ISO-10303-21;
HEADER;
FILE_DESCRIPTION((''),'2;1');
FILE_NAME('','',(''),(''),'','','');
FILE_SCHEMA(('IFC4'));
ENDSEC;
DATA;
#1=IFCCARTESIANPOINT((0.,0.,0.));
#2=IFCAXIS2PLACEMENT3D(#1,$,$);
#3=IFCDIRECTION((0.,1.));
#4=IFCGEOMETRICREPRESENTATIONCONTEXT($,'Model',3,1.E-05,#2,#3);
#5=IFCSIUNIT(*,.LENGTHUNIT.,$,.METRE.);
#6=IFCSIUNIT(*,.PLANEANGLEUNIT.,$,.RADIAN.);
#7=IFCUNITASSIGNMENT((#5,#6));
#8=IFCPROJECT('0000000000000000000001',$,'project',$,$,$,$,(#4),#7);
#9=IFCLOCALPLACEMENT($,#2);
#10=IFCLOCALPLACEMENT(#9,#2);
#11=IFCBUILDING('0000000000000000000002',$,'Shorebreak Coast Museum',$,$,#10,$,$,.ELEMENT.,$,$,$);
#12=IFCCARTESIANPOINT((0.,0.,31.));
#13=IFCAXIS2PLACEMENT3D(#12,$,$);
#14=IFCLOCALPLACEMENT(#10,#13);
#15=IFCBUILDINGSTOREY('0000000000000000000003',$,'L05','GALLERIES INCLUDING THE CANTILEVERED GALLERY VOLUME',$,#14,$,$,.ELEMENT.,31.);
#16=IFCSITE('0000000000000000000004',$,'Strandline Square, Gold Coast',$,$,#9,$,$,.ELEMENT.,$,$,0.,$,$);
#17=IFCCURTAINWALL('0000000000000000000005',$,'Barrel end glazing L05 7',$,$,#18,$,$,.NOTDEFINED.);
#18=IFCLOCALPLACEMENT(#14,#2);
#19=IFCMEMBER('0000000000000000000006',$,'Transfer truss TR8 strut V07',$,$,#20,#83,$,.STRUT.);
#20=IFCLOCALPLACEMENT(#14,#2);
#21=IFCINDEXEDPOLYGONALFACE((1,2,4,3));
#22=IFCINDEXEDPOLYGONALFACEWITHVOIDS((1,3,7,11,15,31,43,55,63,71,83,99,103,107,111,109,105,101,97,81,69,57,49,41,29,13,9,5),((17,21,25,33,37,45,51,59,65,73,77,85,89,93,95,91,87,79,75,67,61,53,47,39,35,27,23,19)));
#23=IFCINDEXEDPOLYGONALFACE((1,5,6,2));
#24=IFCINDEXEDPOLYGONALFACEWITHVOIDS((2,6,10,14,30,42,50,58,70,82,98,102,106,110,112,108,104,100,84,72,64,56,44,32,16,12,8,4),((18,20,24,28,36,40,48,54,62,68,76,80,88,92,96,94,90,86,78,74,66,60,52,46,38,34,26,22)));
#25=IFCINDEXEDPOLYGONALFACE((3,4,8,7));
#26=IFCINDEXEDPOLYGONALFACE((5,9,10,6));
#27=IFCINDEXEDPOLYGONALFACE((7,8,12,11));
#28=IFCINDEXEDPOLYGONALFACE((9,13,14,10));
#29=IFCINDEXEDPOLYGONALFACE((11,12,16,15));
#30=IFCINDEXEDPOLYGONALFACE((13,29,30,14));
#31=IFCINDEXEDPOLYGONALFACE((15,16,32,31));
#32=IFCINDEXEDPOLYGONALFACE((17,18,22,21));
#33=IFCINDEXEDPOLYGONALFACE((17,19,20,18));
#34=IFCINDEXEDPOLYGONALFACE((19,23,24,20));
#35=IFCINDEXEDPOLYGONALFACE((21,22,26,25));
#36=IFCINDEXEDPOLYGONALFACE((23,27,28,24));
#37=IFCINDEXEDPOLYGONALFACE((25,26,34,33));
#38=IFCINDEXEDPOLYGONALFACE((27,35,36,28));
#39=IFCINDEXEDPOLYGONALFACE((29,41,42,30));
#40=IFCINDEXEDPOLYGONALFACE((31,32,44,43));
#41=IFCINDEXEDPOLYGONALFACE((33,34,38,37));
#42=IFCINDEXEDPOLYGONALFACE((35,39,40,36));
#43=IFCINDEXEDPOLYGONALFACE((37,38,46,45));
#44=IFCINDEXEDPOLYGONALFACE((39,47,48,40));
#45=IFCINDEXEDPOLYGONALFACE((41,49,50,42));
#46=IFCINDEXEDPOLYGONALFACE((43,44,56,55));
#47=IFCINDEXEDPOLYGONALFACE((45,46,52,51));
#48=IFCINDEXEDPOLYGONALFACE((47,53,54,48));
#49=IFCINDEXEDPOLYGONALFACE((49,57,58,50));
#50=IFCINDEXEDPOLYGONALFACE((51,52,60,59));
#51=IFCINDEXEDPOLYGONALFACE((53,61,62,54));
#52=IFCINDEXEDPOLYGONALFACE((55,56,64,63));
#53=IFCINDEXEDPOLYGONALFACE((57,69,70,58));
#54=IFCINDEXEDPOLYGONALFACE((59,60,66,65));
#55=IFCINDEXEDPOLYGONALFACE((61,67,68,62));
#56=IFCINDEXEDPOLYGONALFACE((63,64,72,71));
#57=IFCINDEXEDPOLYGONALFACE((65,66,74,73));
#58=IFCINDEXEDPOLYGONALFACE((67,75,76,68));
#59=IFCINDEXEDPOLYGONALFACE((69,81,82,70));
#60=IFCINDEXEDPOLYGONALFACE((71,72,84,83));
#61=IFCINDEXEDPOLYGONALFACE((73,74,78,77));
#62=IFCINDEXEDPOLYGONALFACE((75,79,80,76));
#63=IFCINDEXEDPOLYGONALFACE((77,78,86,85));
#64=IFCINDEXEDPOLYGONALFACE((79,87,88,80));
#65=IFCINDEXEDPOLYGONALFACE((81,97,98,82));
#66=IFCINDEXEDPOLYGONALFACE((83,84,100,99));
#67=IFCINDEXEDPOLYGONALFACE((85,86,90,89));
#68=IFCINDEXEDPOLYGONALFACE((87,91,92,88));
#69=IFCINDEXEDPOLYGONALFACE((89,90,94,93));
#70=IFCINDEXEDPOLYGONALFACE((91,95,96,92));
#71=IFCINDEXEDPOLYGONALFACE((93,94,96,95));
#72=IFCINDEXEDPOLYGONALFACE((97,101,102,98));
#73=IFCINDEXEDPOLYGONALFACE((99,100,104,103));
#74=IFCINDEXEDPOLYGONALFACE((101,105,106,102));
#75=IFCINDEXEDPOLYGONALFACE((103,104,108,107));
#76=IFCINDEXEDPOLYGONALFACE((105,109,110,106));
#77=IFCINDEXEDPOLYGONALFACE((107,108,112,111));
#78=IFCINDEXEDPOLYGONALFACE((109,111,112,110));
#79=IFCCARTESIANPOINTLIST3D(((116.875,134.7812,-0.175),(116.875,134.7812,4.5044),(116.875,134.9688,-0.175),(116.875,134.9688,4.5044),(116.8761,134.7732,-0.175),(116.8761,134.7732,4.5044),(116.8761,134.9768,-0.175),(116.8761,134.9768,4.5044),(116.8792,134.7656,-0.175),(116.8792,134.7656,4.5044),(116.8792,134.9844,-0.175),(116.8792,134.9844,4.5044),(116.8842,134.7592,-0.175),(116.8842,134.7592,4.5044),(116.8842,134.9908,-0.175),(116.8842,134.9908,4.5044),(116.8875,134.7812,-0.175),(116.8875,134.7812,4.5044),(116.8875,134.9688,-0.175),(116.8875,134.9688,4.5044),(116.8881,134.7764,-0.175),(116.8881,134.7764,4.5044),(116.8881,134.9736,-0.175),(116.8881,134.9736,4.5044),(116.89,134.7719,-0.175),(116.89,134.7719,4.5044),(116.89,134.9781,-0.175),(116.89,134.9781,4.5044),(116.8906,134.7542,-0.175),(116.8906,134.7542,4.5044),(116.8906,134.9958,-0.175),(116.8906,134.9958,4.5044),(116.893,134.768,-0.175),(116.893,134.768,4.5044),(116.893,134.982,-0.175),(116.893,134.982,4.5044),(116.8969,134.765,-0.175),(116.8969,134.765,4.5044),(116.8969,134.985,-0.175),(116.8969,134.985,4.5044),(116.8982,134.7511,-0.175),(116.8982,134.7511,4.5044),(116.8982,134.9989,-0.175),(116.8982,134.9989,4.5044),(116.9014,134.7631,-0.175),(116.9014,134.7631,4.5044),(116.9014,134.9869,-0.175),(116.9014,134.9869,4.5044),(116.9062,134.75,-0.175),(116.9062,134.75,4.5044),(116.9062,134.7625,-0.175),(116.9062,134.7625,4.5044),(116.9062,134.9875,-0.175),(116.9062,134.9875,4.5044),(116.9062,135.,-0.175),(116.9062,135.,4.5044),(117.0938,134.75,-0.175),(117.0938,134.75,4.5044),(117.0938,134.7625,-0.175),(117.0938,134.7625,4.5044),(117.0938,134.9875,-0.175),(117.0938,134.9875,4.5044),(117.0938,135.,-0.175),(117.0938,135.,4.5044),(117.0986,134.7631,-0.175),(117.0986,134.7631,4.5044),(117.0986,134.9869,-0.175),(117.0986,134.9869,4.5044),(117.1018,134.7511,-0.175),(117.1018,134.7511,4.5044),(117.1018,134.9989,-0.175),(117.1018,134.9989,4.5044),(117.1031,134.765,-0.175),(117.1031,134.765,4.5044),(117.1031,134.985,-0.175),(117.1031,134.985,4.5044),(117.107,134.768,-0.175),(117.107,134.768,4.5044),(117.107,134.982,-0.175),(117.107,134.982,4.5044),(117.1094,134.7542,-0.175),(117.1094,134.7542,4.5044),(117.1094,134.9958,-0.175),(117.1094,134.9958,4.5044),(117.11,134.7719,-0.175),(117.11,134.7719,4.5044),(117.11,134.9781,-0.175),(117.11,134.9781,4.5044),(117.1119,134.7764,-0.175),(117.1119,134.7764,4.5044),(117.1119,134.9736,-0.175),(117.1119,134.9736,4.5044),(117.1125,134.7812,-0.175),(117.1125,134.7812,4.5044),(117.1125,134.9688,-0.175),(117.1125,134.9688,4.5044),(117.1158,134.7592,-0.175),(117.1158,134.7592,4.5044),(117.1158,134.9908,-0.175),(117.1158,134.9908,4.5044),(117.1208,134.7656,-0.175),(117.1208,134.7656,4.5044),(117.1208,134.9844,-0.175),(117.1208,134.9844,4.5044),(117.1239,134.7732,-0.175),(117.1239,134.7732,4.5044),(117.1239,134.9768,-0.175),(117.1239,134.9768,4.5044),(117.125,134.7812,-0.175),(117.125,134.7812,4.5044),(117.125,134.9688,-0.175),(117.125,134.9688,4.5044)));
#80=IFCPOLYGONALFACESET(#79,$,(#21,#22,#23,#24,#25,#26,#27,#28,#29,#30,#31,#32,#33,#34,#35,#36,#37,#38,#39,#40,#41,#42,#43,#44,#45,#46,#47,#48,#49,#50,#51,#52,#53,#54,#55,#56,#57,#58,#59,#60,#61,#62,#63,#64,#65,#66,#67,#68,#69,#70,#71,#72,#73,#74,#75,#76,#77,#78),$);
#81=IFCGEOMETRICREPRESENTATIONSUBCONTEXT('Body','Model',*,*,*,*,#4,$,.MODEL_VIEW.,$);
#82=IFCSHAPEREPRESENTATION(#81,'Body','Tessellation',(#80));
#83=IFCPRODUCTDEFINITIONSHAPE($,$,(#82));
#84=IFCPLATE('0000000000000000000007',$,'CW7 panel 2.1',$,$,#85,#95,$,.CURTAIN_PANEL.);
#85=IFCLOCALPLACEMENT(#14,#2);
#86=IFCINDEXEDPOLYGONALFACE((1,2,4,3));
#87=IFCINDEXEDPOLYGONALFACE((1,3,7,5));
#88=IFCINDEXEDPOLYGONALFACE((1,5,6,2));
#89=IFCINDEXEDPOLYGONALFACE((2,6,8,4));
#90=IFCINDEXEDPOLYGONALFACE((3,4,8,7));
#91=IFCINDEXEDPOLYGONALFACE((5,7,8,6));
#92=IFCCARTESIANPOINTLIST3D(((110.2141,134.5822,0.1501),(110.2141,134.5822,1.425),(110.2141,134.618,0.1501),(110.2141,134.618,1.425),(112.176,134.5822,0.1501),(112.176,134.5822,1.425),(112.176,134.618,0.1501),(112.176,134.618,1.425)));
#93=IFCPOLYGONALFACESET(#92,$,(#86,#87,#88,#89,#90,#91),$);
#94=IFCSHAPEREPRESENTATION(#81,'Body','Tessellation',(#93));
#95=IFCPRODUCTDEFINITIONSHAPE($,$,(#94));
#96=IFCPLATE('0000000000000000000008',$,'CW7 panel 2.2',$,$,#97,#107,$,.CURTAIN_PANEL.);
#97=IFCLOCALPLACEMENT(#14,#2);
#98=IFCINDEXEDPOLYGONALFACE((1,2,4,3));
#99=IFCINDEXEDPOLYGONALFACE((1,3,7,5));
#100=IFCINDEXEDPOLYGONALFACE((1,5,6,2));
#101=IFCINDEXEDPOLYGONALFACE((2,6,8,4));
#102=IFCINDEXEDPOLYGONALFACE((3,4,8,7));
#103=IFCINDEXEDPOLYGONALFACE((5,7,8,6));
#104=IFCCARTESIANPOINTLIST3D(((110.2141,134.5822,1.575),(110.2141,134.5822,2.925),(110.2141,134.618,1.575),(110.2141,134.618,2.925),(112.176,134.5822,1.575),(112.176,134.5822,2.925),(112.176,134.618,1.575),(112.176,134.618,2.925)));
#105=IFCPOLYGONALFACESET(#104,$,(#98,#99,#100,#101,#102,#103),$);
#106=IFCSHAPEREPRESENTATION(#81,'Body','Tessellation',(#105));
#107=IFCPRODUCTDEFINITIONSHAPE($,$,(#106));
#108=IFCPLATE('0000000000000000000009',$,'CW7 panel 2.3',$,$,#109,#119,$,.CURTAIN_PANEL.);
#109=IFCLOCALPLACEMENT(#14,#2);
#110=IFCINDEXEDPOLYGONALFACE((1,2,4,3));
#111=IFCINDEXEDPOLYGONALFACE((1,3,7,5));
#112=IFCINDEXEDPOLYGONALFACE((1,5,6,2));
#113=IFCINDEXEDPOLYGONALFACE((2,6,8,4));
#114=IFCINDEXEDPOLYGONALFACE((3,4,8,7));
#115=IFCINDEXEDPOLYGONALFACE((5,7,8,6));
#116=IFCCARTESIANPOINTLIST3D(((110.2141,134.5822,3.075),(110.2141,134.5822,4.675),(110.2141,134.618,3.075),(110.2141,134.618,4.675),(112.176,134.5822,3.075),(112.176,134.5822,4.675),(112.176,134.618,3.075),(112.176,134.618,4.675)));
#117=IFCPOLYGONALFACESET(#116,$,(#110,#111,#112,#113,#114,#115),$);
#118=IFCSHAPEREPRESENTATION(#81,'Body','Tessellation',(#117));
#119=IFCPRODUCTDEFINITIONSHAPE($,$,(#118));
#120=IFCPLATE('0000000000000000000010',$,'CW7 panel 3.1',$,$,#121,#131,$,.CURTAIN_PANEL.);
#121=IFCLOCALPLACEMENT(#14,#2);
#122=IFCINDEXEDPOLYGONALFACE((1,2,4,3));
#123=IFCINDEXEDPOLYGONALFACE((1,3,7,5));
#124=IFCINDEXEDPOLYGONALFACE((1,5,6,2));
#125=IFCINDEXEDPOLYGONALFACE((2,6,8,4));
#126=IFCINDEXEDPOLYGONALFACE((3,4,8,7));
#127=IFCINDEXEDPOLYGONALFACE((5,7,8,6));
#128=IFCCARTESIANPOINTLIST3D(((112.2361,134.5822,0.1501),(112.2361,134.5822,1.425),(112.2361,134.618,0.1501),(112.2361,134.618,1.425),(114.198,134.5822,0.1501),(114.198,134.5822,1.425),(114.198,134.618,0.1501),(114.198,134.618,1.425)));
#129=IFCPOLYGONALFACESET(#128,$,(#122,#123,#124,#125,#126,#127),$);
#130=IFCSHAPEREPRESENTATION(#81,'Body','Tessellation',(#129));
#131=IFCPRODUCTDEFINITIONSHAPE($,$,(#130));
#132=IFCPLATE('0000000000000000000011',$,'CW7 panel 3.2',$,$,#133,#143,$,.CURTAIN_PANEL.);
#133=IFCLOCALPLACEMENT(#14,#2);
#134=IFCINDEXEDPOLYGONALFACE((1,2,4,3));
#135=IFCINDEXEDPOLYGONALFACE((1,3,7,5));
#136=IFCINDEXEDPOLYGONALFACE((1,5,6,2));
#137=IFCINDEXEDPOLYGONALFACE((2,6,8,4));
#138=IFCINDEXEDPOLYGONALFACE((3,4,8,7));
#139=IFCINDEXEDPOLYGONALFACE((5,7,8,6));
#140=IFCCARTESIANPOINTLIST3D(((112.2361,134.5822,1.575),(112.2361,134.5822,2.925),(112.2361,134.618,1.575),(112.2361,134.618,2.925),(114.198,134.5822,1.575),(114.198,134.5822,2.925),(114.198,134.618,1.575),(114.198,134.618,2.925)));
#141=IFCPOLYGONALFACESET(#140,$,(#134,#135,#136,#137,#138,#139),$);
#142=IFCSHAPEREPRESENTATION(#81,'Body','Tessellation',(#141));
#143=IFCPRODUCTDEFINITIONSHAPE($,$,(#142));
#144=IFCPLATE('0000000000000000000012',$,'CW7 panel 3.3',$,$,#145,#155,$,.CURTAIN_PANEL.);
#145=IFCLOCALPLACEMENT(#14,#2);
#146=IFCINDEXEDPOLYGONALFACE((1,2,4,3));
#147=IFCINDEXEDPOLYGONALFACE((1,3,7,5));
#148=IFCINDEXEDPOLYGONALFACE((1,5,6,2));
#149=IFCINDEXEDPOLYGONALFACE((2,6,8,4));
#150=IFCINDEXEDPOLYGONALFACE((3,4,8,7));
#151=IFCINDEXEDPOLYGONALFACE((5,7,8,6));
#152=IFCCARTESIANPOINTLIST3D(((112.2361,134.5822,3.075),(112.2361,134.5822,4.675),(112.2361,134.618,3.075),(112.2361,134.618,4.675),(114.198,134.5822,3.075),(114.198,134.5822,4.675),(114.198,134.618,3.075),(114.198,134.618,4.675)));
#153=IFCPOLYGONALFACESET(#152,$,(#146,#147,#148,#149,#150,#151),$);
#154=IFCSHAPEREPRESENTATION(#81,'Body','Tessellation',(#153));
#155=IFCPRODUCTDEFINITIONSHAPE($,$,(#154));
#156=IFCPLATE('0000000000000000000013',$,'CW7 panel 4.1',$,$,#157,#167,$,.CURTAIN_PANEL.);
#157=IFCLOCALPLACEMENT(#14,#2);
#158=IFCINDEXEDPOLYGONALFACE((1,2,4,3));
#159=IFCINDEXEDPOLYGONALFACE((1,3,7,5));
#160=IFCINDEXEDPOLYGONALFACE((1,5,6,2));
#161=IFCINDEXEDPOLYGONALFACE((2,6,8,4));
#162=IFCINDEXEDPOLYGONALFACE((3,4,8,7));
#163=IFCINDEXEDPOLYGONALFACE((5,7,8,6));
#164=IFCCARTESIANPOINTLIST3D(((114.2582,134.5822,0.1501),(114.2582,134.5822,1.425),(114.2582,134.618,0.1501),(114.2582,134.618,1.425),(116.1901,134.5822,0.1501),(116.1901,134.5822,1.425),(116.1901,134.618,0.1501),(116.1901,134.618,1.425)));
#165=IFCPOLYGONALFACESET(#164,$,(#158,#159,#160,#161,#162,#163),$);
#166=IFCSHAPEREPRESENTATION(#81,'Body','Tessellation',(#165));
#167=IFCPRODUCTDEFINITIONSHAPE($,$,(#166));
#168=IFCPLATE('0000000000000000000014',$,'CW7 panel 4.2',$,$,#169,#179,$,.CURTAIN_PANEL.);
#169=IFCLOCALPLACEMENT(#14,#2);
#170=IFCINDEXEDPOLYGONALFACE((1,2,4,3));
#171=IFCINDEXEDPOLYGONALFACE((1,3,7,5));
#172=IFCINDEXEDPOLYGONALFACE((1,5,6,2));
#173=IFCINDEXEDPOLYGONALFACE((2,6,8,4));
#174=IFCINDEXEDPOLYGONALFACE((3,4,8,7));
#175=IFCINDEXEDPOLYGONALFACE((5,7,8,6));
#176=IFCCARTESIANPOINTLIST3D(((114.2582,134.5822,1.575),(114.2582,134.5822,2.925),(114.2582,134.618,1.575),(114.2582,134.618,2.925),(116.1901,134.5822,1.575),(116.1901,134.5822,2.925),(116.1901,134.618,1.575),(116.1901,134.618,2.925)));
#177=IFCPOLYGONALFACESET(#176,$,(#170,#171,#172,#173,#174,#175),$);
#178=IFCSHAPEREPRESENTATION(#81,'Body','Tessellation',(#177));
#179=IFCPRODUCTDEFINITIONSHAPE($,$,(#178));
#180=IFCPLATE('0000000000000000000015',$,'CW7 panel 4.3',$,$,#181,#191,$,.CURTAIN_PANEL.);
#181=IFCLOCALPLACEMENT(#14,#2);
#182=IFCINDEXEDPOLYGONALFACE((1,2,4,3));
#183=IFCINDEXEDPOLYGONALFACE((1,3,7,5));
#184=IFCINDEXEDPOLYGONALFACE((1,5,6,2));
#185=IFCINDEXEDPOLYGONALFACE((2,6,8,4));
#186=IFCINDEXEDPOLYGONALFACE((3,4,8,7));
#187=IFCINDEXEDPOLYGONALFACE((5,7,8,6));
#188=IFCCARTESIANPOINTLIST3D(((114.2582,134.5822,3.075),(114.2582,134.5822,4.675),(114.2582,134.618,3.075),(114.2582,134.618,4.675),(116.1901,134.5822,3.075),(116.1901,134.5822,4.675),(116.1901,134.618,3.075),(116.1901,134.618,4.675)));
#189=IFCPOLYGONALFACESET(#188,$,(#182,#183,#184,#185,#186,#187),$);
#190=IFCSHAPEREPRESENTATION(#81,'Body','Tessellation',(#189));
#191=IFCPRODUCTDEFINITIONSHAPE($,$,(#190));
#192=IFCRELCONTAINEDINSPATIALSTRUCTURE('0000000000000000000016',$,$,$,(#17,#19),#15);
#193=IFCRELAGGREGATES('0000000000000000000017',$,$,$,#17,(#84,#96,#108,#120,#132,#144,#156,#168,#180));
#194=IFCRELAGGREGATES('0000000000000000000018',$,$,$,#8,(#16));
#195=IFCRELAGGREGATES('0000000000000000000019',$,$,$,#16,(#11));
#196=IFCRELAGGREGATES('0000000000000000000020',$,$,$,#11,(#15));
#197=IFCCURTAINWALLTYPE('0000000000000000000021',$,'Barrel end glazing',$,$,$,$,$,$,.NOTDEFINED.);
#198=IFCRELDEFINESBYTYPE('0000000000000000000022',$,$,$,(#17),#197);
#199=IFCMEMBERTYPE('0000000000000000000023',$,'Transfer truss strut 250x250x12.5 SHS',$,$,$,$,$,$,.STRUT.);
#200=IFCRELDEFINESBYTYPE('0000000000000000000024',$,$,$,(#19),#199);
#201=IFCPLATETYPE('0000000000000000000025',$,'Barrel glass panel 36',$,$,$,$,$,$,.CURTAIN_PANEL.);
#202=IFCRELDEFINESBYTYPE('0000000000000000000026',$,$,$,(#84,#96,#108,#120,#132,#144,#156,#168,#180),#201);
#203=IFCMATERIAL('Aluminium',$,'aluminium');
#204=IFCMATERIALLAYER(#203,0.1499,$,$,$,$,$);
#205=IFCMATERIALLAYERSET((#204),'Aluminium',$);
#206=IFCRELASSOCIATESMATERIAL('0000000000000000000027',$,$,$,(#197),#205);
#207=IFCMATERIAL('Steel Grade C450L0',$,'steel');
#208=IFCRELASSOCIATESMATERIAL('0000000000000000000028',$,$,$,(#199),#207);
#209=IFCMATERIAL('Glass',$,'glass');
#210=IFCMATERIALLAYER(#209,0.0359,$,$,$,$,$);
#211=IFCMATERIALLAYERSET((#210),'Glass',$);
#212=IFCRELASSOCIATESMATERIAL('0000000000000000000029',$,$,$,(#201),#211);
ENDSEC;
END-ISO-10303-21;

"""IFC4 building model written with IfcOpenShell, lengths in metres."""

from ifc_helpers import new_model, si_unit, direction, frame, origin, origin_2d, place, context, subcontext, project, spatial, rectangle, hollow_rectangle, extrude, material, layer, layer_set, material_profile, profile_set, type_object, element, aggregate, save


model = new_model("IFC4")

# Units and contexts
model_context = context("Model", 3, precision=1e-05, world=origin(), true_north=direction((0.0, 1.0)))
body_context = subcontext(model_context, "Body", "Model", "MODEL_VIEW")
ifc_project = project(units=[si_unit("LENGTHUNIT", "METRE"), si_unit("PLANEANGLEUNIT", "RADIAN")], contexts=[model_context])

# Site, building, storey
site_placement = place(None, origin())
site = spatial("IfcSite", under=ifc_project, at=site_placement, Name="Strandline Square, Gold Coast", CompositionType="ELEMENT", RefElevation=0.0)
building_placement = place(site_placement, origin())
building = spatial("IfcBuilding", under=site, at=building_placement, Name="Shorebreak Coast Museum", CompositionType="ELEMENT")
storey_placement = place(building_placement, frame((0.0, 0.0, 31.0)))
storey = spatial("IfcBuildingStorey", under=building, at=storey_placement, Name="L05", Description="GALLERIES INCLUDING THE CANTILEVERED GALLERY VOLUME", CompositionType="ELEMENT", Elevation=31.0)

# Curtain wall
ifc_material_1 = material(Name="Aluminium", Category="aluminium")
ifc_layer_1 = layer(ifc_material_1, 0.1499)
ifc_layer_set_1 = layer_set([ifc_layer_1], Name="Aluminium")
curtain_wall_type = type_object("IfcCurtainWallType", Name="Barrel end glazing", PredefinedType="NOTDEFINED", material=ifc_layer_set_1)
curtain_wall_placement = place(storey_placement, origin())
curtain_wall = element("IfcCurtainWall", 1, at=curtain_wall_placement, inside=storey, type_object=curtain_wall_type, Name="Barrel end glazing L05 7", PredefinedType="NOTDEFINED")

# Member
ifc_material_2 = material(Name="Steel Grade C450L0", Category="steel")
ifc_material_profile_1 = material_profile(ifc_material_2, hollow_rectangle(XDim=0.25, YDim=0.25, WallThickness=0.0125, InnerFilletRadius=0.0188, OuterFilletRadius=0.0312, at=origin_2d()), Name="250x250x12.5 SHS")
ifc_profile_set_1 = profile_set([ifc_material_profile_1], Name="Steel Grade C450L0")
member_type_1 = type_object("IfcMemberType", Name="Transfer truss strut 250x250x12.5 SHS", PredefinedType="STRUT", material=ifc_profile_set_1)
member_1_placement = place(storey_placement, frame((117.0, 134.875, -0.175), z_axis=(0.0, 0.0, 1.0), x_axis=(1.0, 0.0, 0.0)))
element("IfcMember", 2, at=member_1_placement, inside=storey, type_object=member_type_1, Name="Transfer truss TR8 strut V07", PredefinedType="STRUT", context=body_context, shape_type="SweptSolid", body=[
    extrude(hollow_rectangle(XDim=0.25, YDim=0.25, WallThickness=0.0125, InnerFilletRadius=0.0188, OuterFilletRadius=0.0312, at=origin_2d()), origin(), (0.0, 0.0, 1.0), 4.6794),
])

# Plates
ifc_material_3 = material(Name="Glass", Category="glass")
ifc_layer_2 = layer(ifc_material_3, 0.0359)
ifc_layer_set_2 = layer_set([ifc_layer_2], Name="Glass")
plate_type = type_object("IfcPlateType", Name="Barrel glass panel 36", PredefinedType="CURTAIN_PANEL", material=ifc_layer_set_2)
plate_1_placement = place(storey_placement, frame((111.1951, 134.6001, 0.1501), z_axis=(0.0, 0.0, 1.0), x_axis=(1.0, 0.0, 0.0)))
plate_1 = element("IfcPlate", 3, at=plate_1_placement, type_object=plate_type, Name="CW7 panel 2.1", PredefinedType="CURTAIN_PANEL", context=body_context, shape_type="SweptSolid", body=[
    extrude(rectangle(XDim=1.9619, YDim=0.0359, at=origin_2d()), origin(), (0.0, 0.0, 1.0), 1.2749),
])
plate_2_placement = place(storey_placement, frame((111.1951, 134.6001, 1.575), z_axis=(0.0, 0.0, 1.0), x_axis=(1.0, 0.0, 0.0)))
plate_2 = element("IfcPlate", 4, at=plate_2_placement, type_object=plate_type, Name="CW7 panel 2.2", PredefinedType="CURTAIN_PANEL", context=body_context, shape_type="SweptSolid", body=[
    extrude(rectangle(XDim=1.9619, YDim=0.0359, at=origin_2d()), origin(), (0.0, 0.0, 1.0), 1.3501),
])
plate_3_placement = place(storey_placement, frame((111.1951, 134.6001, 3.075), z_axis=(0.0, 0.0, 1.0), x_axis=(1.0, 0.0, 0.0)))
plate_3 = element("IfcPlate", 5, at=plate_3_placement, type_object=plate_type, Name="CW7 panel 2.3", PredefinedType="CURTAIN_PANEL", context=body_context, shape_type="SweptSolid", body=[
    extrude(rectangle(XDim=1.9619, YDim=0.0359, at=origin_2d()), origin(), (0.0, 0.0, 1.0), 1.6001),
])
plate_4_placement = place(storey_placement, frame((113.217, 134.6001, 0.1501), z_axis=(0.0, 0.0, 1.0), x_axis=(1.0, 0.0, 0.0)))
plate_4 = element("IfcPlate", 6, at=plate_4_placement, type_object=plate_type, Name="CW7 panel 3.1", PredefinedType="CURTAIN_PANEL", context=body_context, shape_type="SweptSolid", body=[
    extrude(rectangle(XDim=1.9619, YDim=0.0359, at=origin_2d()), origin(), (0.0, 0.0, 1.0), 1.2749),
])
plate_5_placement = place(storey_placement, frame((113.217, 134.6001, 1.575), z_axis=(0.0, 0.0, 1.0), x_axis=(1.0, 0.0, 0.0)))
plate_5 = element("IfcPlate", 7, at=plate_5_placement, type_object=plate_type, Name="CW7 panel 3.2", PredefinedType="CURTAIN_PANEL", context=body_context, shape_type="SweptSolid", body=[
    extrude(rectangle(XDim=1.9619, YDim=0.0359, at=origin_2d()), origin(), (0.0, 0.0, 1.0), 1.3501),
])
plate_6_placement = place(storey_placement, frame((113.217, 134.6001, 3.075), z_axis=(0.0, 0.0, 1.0), x_axis=(1.0, 0.0, 0.0)))
plate_6 = element("IfcPlate", 8, at=plate_6_placement, type_object=plate_type, Name="CW7 panel 3.3", PredefinedType="CURTAIN_PANEL", context=body_context, shape_type="SweptSolid", body=[
    extrude(rectangle(XDim=1.9619, YDim=0.0359, at=origin_2d()), origin(), (0.0, 0.0, 1.0), 1.6001),
])
plate_7_placement = place(storey_placement, frame((115.2241, 134.6001, 0.1501), z_axis=(0.0, 0.0, 1.0), x_axis=(1.0, 0.0, 0.0)))
plate_7 = element("IfcPlate", 9, at=plate_7_placement, type_object=plate_type, Name="CW7 panel 4.1", PredefinedType="CURTAIN_PANEL", context=body_context, shape_type="SweptSolid", body=[
    extrude(rectangle(XDim=1.9319, YDim=0.0359, at=origin_2d()), origin(), (0.0, 0.0, 1.0), 1.2749),
])
plate_8_placement = place(storey_placement, frame((115.2241, 134.6001, 1.575), z_axis=(0.0, 0.0, 1.0), x_axis=(1.0, 0.0, 0.0)))
plate_8 = element("IfcPlate", 10, at=plate_8_placement, type_object=plate_type, Name="CW7 panel 4.2", PredefinedType="CURTAIN_PANEL", context=body_context, shape_type="SweptSolid", body=[
    extrude(rectangle(XDim=1.9319, YDim=0.0359, at=origin_2d()), origin(), (0.0, 0.0, 1.0), 1.3501),
])
plate_9_placement = place(storey_placement, frame((115.2241, 134.6001, 3.075), z_axis=(0.0, 0.0, 1.0), x_axis=(1.0, 0.0, 0.0)))
plate_9 = element("IfcPlate", 11, at=plate_9_placement, type_object=plate_type, Name="CW7 panel 4.3", PredefinedType="CURTAIN_PANEL", context=body_context, shape_type="SweptSolid", body=[
    extrude(rectangle(XDim=1.9319, YDim=0.0359, at=origin_2d()), origin(), (0.0, 0.0, 1.0), 1.6001),
])
aggregate(curtain_wall, [plate_1, plate_2, plate_3, plate_4, plate_5, plate_6, plate_7, plate_8, plate_9])

save(model, "model.ifc")
